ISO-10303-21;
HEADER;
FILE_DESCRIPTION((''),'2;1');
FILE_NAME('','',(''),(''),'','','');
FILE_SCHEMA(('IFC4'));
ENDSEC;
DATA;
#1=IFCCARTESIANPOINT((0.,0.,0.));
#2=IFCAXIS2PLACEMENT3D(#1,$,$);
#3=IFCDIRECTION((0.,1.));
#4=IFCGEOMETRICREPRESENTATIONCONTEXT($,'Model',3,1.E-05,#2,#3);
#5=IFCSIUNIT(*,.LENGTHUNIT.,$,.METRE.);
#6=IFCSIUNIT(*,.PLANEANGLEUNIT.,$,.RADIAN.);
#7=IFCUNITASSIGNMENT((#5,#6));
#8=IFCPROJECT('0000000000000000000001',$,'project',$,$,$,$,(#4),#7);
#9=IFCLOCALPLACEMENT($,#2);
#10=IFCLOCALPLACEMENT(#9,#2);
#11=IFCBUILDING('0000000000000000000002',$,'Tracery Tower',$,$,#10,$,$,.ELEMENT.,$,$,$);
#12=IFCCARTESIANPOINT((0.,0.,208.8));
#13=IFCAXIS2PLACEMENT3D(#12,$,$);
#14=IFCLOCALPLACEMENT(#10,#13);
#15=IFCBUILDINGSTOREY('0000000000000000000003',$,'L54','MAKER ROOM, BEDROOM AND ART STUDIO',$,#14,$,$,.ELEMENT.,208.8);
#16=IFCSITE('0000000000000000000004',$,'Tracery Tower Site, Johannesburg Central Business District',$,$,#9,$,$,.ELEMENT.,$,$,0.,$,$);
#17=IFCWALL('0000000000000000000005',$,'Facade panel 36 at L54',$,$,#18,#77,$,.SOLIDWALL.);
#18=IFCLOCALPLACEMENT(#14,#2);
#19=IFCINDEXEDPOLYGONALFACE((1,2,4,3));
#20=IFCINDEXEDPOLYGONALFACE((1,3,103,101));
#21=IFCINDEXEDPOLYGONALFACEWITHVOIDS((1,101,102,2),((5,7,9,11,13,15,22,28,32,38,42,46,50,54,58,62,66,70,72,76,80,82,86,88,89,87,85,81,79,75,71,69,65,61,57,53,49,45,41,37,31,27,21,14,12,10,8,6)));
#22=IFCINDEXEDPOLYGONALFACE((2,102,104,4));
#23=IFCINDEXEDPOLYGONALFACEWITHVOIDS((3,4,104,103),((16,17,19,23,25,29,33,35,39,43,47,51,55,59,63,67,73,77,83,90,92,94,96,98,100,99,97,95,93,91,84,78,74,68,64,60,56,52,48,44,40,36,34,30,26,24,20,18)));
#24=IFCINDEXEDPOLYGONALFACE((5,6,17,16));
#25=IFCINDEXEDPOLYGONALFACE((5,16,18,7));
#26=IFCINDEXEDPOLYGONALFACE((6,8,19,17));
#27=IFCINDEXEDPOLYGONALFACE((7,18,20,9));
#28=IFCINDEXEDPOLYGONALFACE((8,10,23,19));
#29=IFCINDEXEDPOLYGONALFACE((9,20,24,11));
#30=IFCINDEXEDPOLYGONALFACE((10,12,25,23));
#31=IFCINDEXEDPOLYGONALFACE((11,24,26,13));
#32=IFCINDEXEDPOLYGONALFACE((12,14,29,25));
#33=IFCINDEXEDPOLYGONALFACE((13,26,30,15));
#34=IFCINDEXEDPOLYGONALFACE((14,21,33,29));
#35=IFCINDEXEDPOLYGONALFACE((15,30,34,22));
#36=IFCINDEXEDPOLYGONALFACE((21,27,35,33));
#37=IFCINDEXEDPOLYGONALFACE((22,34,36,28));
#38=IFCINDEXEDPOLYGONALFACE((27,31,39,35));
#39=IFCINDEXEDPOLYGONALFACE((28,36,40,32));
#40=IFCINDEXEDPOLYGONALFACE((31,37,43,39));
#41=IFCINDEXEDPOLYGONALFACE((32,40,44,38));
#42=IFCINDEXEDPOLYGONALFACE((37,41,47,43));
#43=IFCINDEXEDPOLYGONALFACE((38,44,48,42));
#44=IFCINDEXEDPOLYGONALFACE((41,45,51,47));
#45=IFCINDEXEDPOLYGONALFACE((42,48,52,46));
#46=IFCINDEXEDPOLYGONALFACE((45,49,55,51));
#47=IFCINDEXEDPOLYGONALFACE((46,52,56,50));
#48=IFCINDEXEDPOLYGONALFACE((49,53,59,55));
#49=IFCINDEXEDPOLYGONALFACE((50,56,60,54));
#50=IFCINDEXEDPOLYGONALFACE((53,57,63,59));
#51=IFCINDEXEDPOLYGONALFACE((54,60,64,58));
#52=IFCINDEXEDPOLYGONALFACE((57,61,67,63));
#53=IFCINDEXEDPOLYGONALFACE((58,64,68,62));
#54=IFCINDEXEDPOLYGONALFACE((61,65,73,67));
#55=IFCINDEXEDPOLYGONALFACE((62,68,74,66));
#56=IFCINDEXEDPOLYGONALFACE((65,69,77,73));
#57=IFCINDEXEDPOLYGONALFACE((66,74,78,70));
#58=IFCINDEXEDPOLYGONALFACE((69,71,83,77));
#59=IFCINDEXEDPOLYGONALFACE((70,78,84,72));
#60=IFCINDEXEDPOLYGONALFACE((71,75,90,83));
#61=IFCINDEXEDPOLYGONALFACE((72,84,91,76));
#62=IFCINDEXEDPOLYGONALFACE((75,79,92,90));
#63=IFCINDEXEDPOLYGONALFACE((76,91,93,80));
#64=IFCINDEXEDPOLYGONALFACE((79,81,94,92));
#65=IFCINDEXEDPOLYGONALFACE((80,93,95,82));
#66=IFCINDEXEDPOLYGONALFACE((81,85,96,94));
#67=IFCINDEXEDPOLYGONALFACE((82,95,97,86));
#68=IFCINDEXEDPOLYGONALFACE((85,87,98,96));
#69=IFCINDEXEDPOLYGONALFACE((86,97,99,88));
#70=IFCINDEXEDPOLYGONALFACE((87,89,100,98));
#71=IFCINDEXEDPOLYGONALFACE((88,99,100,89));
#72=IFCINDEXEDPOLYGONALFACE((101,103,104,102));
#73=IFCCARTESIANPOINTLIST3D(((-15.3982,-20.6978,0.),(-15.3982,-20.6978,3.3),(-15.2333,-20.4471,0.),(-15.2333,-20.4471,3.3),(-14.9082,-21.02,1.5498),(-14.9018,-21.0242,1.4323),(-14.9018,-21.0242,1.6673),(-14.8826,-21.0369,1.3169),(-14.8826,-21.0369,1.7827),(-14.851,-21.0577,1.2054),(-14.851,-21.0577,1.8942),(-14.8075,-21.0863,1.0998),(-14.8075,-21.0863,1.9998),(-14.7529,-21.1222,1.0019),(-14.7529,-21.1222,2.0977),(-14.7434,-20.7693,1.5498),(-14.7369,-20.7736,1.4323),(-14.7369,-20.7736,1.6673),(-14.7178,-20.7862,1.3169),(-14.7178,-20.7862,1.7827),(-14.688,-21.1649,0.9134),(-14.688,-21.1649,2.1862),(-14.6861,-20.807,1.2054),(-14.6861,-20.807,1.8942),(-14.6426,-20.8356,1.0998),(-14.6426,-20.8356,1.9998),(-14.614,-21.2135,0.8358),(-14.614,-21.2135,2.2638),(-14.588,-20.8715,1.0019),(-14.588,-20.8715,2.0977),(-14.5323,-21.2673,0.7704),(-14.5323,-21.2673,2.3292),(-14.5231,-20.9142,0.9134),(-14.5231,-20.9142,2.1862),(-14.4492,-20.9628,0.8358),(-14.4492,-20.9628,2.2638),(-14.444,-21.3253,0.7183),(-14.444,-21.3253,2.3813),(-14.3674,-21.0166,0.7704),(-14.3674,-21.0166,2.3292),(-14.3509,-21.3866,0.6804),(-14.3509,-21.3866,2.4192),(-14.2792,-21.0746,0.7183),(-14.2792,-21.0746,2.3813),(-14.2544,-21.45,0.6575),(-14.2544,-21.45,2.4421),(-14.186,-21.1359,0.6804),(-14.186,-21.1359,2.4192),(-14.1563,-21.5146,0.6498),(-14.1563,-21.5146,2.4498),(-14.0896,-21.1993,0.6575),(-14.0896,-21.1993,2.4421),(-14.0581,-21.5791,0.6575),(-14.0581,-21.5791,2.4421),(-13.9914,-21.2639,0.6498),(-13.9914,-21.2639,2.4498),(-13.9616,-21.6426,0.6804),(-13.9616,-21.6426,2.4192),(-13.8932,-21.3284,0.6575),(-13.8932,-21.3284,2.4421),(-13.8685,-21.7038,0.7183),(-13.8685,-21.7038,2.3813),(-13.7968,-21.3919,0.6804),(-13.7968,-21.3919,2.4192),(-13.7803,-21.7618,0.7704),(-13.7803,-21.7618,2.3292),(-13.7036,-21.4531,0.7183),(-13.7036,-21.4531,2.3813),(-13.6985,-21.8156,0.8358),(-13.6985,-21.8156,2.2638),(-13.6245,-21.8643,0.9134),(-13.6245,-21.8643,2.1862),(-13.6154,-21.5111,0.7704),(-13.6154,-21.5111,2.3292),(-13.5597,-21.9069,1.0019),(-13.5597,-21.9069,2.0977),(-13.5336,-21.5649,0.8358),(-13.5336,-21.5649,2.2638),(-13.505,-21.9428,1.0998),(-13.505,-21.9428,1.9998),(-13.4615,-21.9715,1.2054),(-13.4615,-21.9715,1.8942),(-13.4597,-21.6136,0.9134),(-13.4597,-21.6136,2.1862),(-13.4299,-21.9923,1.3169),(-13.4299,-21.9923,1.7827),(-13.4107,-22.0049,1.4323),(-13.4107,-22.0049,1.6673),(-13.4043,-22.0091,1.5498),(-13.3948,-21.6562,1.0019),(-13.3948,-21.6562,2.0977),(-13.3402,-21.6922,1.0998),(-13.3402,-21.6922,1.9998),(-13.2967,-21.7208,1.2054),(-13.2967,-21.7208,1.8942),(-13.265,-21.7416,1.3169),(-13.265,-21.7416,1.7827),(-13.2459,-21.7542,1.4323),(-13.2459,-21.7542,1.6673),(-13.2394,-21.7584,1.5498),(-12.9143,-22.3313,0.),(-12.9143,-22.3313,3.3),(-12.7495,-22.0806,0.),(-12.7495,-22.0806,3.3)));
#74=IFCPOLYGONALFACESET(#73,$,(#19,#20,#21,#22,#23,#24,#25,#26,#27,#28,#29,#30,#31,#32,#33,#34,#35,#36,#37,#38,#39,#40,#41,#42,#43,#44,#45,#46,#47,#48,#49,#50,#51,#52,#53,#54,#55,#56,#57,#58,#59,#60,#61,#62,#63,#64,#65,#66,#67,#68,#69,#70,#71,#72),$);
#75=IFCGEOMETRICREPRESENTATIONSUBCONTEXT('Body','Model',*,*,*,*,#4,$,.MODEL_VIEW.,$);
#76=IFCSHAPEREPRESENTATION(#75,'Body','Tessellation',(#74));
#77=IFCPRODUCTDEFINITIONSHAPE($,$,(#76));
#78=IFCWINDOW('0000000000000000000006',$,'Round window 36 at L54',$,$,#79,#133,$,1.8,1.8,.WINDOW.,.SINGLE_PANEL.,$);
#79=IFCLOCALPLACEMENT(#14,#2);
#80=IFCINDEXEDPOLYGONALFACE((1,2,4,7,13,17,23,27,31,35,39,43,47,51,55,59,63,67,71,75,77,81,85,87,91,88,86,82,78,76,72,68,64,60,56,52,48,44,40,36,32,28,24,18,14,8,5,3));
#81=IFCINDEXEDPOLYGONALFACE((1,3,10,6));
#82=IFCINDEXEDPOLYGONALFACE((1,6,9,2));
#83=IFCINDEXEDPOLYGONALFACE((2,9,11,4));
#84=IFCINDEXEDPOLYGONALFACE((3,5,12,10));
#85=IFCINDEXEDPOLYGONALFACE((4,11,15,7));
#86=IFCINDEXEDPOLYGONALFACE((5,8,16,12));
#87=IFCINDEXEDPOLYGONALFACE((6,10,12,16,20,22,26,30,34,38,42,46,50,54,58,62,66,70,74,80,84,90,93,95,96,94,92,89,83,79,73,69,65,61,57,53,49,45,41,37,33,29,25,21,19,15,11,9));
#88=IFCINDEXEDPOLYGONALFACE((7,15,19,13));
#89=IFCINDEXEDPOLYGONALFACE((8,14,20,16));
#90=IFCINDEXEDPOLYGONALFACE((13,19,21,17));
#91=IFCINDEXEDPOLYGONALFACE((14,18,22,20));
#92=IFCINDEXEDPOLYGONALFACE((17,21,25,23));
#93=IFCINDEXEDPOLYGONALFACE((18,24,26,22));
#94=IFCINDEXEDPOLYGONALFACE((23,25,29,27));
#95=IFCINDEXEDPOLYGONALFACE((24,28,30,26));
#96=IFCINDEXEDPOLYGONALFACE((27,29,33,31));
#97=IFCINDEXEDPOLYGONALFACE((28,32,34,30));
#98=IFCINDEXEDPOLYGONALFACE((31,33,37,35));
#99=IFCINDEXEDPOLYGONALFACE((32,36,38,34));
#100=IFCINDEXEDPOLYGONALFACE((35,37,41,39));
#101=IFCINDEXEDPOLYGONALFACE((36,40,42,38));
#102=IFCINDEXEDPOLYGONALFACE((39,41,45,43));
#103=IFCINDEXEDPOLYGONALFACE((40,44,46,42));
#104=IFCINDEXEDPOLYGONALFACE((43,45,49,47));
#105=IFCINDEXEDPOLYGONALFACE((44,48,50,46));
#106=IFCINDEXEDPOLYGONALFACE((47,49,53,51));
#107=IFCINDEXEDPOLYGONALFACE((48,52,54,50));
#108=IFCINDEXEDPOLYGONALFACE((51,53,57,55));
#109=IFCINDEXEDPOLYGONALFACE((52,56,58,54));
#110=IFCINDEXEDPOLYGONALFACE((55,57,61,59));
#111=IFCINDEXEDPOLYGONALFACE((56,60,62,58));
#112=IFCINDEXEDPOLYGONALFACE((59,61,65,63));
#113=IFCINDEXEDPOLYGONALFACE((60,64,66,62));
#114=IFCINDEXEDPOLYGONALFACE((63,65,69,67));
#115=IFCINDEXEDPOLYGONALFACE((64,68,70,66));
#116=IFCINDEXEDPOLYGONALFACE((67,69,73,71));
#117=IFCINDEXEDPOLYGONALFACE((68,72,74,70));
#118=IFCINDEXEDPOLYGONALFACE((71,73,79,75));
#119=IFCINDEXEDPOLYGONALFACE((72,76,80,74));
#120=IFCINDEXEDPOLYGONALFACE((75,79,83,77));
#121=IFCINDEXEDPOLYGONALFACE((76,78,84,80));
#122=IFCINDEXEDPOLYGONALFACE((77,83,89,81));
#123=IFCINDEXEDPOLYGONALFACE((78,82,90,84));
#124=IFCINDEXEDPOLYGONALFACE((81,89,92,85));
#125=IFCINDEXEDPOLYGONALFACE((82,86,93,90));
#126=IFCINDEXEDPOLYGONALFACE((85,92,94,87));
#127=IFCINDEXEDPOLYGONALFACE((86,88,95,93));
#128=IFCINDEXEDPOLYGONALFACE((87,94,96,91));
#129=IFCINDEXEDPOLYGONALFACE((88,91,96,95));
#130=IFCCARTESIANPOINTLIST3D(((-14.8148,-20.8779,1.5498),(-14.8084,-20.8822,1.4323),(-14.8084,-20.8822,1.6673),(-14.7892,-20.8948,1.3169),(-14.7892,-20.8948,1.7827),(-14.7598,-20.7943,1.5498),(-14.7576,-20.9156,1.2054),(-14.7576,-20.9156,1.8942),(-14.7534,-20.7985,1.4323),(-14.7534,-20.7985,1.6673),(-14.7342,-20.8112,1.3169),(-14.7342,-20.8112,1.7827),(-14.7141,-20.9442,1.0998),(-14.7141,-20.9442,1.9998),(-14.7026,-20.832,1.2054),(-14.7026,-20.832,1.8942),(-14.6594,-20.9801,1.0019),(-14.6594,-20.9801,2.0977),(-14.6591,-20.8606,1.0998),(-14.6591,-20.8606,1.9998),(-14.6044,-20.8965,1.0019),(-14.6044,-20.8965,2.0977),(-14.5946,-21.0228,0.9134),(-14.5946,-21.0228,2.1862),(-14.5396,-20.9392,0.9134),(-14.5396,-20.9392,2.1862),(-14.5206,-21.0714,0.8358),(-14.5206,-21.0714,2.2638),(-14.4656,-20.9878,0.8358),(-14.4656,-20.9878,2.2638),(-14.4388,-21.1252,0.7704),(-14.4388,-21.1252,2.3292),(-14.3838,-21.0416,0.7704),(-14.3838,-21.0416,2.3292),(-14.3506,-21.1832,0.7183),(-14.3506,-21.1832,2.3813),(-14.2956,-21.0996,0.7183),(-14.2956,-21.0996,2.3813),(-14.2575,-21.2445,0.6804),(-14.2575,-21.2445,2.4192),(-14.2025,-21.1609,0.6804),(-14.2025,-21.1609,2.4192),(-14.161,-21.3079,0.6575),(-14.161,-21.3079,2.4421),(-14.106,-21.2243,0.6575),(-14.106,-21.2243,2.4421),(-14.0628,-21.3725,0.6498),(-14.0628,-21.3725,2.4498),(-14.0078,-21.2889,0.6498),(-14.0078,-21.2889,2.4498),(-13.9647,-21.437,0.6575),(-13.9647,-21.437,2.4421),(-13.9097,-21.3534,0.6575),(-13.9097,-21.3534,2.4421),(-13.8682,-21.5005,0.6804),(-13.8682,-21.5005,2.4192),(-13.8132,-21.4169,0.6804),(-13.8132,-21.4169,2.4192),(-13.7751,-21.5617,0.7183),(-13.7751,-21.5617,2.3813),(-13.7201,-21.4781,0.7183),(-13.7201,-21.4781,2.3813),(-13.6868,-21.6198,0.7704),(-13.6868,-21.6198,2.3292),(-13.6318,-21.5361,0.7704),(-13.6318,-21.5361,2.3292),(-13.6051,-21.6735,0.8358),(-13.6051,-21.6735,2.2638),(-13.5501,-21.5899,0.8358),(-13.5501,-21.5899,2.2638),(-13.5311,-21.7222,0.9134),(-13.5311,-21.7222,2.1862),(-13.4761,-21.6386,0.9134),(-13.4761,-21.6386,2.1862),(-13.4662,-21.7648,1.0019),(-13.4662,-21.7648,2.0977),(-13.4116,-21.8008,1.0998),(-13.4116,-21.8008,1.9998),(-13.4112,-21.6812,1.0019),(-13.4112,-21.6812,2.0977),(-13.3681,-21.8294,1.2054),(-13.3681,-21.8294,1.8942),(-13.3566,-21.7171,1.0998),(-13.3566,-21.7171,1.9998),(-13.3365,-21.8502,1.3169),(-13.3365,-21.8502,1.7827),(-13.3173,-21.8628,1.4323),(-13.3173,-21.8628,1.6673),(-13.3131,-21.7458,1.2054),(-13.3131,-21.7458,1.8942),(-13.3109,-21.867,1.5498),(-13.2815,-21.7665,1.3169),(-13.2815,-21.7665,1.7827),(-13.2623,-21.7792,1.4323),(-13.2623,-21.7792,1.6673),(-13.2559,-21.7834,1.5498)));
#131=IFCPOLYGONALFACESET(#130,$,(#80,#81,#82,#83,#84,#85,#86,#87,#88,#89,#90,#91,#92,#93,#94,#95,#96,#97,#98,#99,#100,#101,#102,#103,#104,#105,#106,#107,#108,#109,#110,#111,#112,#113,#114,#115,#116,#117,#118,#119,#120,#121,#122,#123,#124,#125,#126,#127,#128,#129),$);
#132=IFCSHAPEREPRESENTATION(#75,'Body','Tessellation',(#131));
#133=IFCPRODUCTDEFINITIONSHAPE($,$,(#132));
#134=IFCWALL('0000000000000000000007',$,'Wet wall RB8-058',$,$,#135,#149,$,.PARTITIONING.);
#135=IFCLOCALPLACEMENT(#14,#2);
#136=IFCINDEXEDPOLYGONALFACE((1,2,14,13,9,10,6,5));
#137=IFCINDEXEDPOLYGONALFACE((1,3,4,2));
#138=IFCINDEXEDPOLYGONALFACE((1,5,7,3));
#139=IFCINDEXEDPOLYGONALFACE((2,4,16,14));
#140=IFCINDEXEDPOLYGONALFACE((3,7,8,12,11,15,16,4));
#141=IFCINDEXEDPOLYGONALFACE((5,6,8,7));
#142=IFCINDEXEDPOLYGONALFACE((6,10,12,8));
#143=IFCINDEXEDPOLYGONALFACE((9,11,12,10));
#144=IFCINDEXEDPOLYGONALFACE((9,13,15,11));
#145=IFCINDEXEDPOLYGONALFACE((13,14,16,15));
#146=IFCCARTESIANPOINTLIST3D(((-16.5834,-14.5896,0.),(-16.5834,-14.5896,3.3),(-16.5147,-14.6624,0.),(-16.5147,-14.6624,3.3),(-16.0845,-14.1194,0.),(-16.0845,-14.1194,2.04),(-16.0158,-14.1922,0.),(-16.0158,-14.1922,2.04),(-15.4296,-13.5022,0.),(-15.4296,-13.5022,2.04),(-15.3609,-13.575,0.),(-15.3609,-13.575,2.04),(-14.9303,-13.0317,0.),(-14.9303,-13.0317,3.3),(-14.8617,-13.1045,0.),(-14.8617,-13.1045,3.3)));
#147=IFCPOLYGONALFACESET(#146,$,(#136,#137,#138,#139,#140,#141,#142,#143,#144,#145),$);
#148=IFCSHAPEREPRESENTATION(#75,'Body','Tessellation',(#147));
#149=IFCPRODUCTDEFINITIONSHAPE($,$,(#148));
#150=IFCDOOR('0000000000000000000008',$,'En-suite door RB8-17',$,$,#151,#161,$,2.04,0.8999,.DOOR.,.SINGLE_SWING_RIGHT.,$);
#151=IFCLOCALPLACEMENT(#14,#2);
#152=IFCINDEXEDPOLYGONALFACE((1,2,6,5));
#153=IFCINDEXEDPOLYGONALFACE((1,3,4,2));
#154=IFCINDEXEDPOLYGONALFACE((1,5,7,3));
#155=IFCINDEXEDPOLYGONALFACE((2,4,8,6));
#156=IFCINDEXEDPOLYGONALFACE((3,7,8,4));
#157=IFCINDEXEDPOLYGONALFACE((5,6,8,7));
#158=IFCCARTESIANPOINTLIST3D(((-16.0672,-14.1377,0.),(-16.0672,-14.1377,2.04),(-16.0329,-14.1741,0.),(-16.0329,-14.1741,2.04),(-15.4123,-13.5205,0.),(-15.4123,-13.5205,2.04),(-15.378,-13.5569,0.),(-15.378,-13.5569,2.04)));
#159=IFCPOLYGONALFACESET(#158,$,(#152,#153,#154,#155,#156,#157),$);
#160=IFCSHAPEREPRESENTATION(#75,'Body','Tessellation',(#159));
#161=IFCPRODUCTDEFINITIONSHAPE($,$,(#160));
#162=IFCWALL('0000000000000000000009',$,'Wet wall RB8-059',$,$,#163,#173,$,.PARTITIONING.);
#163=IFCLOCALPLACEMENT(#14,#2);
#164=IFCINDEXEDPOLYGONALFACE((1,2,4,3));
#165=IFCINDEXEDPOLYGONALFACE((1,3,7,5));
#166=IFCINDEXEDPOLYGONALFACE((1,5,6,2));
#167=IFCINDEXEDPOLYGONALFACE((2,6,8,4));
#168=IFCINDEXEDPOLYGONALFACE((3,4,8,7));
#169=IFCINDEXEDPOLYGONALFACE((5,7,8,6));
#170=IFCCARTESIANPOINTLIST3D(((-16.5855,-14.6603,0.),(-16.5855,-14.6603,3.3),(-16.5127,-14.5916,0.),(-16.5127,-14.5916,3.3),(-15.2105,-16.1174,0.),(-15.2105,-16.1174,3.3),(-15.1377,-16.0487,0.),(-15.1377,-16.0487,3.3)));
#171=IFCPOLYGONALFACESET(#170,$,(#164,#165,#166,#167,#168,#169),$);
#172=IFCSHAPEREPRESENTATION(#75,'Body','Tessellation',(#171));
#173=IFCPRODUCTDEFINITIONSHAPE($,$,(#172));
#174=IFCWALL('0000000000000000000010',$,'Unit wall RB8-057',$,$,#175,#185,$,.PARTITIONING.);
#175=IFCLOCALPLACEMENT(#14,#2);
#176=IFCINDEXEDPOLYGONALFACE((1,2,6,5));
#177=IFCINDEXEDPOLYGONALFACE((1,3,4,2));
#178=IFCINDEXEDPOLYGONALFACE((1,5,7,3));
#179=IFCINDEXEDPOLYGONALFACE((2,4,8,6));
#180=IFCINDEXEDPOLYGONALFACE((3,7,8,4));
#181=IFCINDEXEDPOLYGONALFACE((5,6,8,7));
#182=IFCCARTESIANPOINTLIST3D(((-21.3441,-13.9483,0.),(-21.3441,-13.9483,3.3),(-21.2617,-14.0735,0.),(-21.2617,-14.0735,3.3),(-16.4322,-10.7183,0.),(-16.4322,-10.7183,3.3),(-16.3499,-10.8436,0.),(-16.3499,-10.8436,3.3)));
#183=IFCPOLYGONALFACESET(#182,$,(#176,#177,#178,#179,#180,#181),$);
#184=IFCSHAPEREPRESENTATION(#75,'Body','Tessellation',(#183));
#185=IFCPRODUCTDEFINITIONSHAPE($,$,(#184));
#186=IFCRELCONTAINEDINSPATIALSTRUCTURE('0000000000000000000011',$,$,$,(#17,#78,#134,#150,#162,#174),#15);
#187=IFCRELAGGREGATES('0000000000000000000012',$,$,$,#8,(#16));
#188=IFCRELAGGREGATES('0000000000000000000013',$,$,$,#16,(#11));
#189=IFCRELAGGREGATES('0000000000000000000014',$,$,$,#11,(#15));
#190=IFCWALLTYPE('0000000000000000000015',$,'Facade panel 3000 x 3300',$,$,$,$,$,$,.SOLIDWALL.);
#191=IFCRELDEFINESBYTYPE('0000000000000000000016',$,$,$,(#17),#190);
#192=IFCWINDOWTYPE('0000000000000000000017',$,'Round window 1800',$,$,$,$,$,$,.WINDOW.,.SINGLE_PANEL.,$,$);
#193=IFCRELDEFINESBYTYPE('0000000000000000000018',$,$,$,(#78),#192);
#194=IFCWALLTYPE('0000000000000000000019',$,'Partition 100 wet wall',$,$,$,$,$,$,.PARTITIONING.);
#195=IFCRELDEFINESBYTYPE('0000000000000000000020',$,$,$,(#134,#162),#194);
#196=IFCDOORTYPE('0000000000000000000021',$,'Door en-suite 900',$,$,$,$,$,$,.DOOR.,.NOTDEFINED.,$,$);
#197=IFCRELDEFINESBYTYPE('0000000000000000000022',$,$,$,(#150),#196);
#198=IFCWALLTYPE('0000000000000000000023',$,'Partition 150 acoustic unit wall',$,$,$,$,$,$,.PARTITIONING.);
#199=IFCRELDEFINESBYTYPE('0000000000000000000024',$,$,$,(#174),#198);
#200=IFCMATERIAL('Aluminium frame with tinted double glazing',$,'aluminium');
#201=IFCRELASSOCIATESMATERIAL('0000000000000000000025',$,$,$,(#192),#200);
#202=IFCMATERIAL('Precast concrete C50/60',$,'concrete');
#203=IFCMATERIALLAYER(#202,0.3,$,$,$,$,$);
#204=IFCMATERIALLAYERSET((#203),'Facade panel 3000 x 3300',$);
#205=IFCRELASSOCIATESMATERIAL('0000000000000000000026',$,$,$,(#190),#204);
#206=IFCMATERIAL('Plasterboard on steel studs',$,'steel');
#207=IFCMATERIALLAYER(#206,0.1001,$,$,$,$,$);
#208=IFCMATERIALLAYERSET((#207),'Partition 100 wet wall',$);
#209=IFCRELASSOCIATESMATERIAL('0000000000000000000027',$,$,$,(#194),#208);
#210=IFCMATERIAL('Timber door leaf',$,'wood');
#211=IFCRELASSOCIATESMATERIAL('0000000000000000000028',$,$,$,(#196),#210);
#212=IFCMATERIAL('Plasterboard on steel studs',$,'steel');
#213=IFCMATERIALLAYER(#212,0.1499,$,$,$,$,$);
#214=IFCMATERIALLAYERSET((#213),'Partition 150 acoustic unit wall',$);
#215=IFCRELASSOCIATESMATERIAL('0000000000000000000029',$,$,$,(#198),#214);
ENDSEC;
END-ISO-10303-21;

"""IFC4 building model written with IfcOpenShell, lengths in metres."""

from ifc_helpers import new_model, si_unit, direction, frame, frame_2d, origin, origin_2d, place, context, subcontext, project, spatial, rectangle, circle, extrude, material, layer, layer_set, type_object, element, fill, save


model = new_model("IFC4")

# Units and contexts
model_context = context("Model", 3, precision=1e-05, world=origin(), true_north=direction((0.0, 1.0)))
body_context = subcontext(model_context, "Body", "Model", "MODEL_VIEW")
ifc_project = project(units=[si_unit("LENGTHUNIT", "METRE"), si_unit("PLANEANGLEUNIT", "RADIAN")], contexts=[model_context])

# Site, building, storey
site_placement = place(None, origin())
site = spatial("IfcSite", under=ifc_project, at=site_placement, Name="Tracery Tower Site, Johannesburg Central Business District", CompositionType="ELEMENT", RefElevation=0.0)
building_placement = place(site_placement, origin())
building = spatial("IfcBuilding", under=site, at=building_placement, Name="Tracery Tower", CompositionType="ELEMENT")
storey_placement = place(building_placement, frame((0.0, 0.0, 208.8)))
storey = spatial("IfcBuildingStorey", under=building, at=storey_placement, Name="L54", Description="MAKER ROOM, BEDROOM AND ART STUDIO", CompositionType="ELEMENT", Elevation=208.8)

# Wall, opening, window
ifc_material_1 = material(Name="Aluminium frame with tinted double glazing", Category="aluminium")
window_type = type_object("IfcWindowType", Name="Round window 1800", PartitioningType="SINGLE_PANEL", PredefinedType="WINDOW", material=ifc_material_1)
ifc_material_2 = material(Name="Precast concrete C50/60", Category="concrete")
ifc_layer_1 = layer(ifc_material_2, 0.3)
ifc_layer_set_1 = layer_set([ifc_layer_1], Name="Facade panel 3000 x 3300")
wall_type_1 = type_object("IfcWallType", Name="Facade panel 3000 x 3300", PredefinedType="SOLIDWALL", material=ifc_layer_set_1)
wall_1_placement = place(storey_placement, frame((-15.3157, -20.5725, 0.0), z_axis=(0.0, 0.0, 1.0), x_axis=(0.835508, -0.549478, 0.0)))
wall_1 = element("IfcWall", 1, at=wall_1_placement, inside=storey, type_object=wall_type_1, Name="Facade panel 36 at L54", PredefinedType="SOLIDWALL", context=body_context, shape_type="SweptSolid", body=[
    extrude(rectangle(XDim=2.9729, YDim=0.3, at=frame_2d((1.4863, 0.0))), origin(), (0.0, 0.0, 1.0), 3.3),
])
opening_1_placement = place(wall_1_placement, frame((1.4863, 0.0, 1.5498)))
opening_1 = element("IfcOpeningElement", 2, at=opening_1_placement, cuts=wall_1, PredefinedType="OPENING", context=body_context, shape_type="SweptSolid", body=[
    extrude(circle(Radius=0.9, at=origin_2d()), frame((0.0, 0.1599, 0.0), z_axis=(0.0, -1.0, 0.0), x_axis=(1.0, 0.0, 0.0)), (0.0, 0.0, 1.0), 0.3201),
])
window_1_placement = place(opening_1_placement, origin())
window_1 = element("IfcWindow", 3, at=window_1_placement, inside=storey, type_object=window_type, Name="Round window 36 at L54", OverallHeight=1.8, OverallWidth=1.8, PartitioningType="SINGLE_PANEL", PredefinedType="WINDOW", context=body_context, shape_type="SweptSolid", body=[
    extrude(circle(Radius=0.9, at=origin_2d()), frame((0.0, 0.1201, 0.0), z_axis=(0.0, -1.0, 0.0), x_axis=(1.0, 0.0, 0.0)), (0.0, 0.0, 1.0), 0.1001),
])
fill(opening_1, window_1)

# Wall, opening, door
ifc_material_3 = material(Name="Plasterboard on steel studs", Category="steel")
ifc_layer_2 = layer(ifc_material_3, 0.1001)
ifc_layer_set_2 = layer_set([ifc_layer_2], Name="Partition 100 wet wall")
wall_type_2 = type_object("IfcWallType", Name="Partition 100 wet wall", PredefinedType="PARTITIONING", material=ifc_layer_set_2)
wall_2_placement = place(storey_placement, frame((-16.5491, -14.626, 0.0), z_axis=(0.0, 0.0, 1.0), x_axis=(0.727755, 0.685837, 0.0)))
wall_2 = element("IfcWall", 4, at=wall_2_placement, inside=storey, type_object=wall_type_2, Name="Wet wall RB8-058", PredefinedType="PARTITIONING", context=body_context, shape_type="SweptSolid", body=[
    extrude(rectangle(XDim=2.2715, YDim=0.1001, at=frame_2d((1.1357, 0.0))), origin(), (0.0, 0.0, 1.0), 3.3),
])
opening_2_placement = place(wall_2_placement, frame((0.6855, 0.0, 0.0)))
opening_2 = element("IfcOpeningElement", 5, at=opening_2_placement, cuts=wall_2, PredefinedType="OPENING", context=body_context, shape_type="SweptSolid", body=[
    extrude(rectangle(XDim=0.8999, YDim=2.04, at=frame_2d((0.45, 1.02))), frame((0.0, 0.05, 0.0), z_axis=(0.0, -1.0, 0.0), x_axis=(1.0, 0.0, 0.0)), (0.0, 0.0, 1.0), 0.1001),
])
ifc_material_4 = material(Name="Timber door leaf", Category="wood")
door_type = type_object("IfcDoorType", Name="Door en-suite 900", OperationType="NOTDEFINED", PredefinedType="DOOR", material=ifc_material_4)
door_placement = place(opening_2_placement, origin())
door = element("IfcDoor", 6, at=door_placement, inside=storey, type_object=door_type, Name="En-suite door RB8-17", OperationType="SINGLE_SWING_RIGHT", OverallHeight=2.04, OverallWidth=0.8999, PredefinedType="DOOR", context=body_context, shape_type="SweptSolid", body=[
    extrude(rectangle(XDim=0.8999, YDim=2.04, at=frame_2d((0.45, 1.02))), frame((0.0, 0.0249, 0.0), z_axis=(0.0, -1.0, 0.0), x_axis=(1.0, 0.0, 0.0)), (0.0, 0.0, 1.0), 0.05),
])
fill(opening_2, door)

# Walls
wall_3_placement = place(storey_placement, frame((-16.5491, -14.626, 0.0), z_axis=(0.0, 0.0, 1.0), x_axis=(0.686337, -0.727283, 0.0)))
element("IfcWall", 7, at=wall_3_placement, inside=storey, type_object=wall_type_2, Name="Wet wall RB8-059", PredefinedType="PARTITIONING", context=body_context, shape_type="SweptSolid", body=[
    extrude(rectangle(XDim=2.0034, YDim=0.1001, at=frame_2d((1.0017, 0.0))), origin(), (0.0, 0.0, 1.0), 3.3),
])
ifc_material_5 = material(Name="Plasterboard on steel studs", Category="steel")
ifc_layer_3 = layer(ifc_material_5, 0.1499)
ifc_layer_set_3 = layer_set([ifc_layer_3], Name="Partition 150 acoustic unit wall")
wall_type_3 = type_object("IfcWallType", Name="Partition 150 acoustic unit wall", PredefinedType="PARTITIONING", material=ifc_layer_set_3)
wall_4_placement = place(storey_placement, frame((-21.303, -14.011, 0.0), z_axis=(0.0, 0.0, 1.0), x_axis=(0.835535, 0.549437, 0.0)))
element("IfcWall", 8, at=wall_4_placement, inside=storey, type_object=wall_type_3, Name="Unit wall RB8-057", PredefinedType="PARTITIONING", context=body_context, shape_type="SweptSolid", body=[
    extrude(rectangle(XDim=5.8787, YDim=0.1499, at=frame_2d((2.9395, 0.0))), origin(), (0.0, 0.0, 1.0), 3.3),
])

save(model, "model.ifc")
